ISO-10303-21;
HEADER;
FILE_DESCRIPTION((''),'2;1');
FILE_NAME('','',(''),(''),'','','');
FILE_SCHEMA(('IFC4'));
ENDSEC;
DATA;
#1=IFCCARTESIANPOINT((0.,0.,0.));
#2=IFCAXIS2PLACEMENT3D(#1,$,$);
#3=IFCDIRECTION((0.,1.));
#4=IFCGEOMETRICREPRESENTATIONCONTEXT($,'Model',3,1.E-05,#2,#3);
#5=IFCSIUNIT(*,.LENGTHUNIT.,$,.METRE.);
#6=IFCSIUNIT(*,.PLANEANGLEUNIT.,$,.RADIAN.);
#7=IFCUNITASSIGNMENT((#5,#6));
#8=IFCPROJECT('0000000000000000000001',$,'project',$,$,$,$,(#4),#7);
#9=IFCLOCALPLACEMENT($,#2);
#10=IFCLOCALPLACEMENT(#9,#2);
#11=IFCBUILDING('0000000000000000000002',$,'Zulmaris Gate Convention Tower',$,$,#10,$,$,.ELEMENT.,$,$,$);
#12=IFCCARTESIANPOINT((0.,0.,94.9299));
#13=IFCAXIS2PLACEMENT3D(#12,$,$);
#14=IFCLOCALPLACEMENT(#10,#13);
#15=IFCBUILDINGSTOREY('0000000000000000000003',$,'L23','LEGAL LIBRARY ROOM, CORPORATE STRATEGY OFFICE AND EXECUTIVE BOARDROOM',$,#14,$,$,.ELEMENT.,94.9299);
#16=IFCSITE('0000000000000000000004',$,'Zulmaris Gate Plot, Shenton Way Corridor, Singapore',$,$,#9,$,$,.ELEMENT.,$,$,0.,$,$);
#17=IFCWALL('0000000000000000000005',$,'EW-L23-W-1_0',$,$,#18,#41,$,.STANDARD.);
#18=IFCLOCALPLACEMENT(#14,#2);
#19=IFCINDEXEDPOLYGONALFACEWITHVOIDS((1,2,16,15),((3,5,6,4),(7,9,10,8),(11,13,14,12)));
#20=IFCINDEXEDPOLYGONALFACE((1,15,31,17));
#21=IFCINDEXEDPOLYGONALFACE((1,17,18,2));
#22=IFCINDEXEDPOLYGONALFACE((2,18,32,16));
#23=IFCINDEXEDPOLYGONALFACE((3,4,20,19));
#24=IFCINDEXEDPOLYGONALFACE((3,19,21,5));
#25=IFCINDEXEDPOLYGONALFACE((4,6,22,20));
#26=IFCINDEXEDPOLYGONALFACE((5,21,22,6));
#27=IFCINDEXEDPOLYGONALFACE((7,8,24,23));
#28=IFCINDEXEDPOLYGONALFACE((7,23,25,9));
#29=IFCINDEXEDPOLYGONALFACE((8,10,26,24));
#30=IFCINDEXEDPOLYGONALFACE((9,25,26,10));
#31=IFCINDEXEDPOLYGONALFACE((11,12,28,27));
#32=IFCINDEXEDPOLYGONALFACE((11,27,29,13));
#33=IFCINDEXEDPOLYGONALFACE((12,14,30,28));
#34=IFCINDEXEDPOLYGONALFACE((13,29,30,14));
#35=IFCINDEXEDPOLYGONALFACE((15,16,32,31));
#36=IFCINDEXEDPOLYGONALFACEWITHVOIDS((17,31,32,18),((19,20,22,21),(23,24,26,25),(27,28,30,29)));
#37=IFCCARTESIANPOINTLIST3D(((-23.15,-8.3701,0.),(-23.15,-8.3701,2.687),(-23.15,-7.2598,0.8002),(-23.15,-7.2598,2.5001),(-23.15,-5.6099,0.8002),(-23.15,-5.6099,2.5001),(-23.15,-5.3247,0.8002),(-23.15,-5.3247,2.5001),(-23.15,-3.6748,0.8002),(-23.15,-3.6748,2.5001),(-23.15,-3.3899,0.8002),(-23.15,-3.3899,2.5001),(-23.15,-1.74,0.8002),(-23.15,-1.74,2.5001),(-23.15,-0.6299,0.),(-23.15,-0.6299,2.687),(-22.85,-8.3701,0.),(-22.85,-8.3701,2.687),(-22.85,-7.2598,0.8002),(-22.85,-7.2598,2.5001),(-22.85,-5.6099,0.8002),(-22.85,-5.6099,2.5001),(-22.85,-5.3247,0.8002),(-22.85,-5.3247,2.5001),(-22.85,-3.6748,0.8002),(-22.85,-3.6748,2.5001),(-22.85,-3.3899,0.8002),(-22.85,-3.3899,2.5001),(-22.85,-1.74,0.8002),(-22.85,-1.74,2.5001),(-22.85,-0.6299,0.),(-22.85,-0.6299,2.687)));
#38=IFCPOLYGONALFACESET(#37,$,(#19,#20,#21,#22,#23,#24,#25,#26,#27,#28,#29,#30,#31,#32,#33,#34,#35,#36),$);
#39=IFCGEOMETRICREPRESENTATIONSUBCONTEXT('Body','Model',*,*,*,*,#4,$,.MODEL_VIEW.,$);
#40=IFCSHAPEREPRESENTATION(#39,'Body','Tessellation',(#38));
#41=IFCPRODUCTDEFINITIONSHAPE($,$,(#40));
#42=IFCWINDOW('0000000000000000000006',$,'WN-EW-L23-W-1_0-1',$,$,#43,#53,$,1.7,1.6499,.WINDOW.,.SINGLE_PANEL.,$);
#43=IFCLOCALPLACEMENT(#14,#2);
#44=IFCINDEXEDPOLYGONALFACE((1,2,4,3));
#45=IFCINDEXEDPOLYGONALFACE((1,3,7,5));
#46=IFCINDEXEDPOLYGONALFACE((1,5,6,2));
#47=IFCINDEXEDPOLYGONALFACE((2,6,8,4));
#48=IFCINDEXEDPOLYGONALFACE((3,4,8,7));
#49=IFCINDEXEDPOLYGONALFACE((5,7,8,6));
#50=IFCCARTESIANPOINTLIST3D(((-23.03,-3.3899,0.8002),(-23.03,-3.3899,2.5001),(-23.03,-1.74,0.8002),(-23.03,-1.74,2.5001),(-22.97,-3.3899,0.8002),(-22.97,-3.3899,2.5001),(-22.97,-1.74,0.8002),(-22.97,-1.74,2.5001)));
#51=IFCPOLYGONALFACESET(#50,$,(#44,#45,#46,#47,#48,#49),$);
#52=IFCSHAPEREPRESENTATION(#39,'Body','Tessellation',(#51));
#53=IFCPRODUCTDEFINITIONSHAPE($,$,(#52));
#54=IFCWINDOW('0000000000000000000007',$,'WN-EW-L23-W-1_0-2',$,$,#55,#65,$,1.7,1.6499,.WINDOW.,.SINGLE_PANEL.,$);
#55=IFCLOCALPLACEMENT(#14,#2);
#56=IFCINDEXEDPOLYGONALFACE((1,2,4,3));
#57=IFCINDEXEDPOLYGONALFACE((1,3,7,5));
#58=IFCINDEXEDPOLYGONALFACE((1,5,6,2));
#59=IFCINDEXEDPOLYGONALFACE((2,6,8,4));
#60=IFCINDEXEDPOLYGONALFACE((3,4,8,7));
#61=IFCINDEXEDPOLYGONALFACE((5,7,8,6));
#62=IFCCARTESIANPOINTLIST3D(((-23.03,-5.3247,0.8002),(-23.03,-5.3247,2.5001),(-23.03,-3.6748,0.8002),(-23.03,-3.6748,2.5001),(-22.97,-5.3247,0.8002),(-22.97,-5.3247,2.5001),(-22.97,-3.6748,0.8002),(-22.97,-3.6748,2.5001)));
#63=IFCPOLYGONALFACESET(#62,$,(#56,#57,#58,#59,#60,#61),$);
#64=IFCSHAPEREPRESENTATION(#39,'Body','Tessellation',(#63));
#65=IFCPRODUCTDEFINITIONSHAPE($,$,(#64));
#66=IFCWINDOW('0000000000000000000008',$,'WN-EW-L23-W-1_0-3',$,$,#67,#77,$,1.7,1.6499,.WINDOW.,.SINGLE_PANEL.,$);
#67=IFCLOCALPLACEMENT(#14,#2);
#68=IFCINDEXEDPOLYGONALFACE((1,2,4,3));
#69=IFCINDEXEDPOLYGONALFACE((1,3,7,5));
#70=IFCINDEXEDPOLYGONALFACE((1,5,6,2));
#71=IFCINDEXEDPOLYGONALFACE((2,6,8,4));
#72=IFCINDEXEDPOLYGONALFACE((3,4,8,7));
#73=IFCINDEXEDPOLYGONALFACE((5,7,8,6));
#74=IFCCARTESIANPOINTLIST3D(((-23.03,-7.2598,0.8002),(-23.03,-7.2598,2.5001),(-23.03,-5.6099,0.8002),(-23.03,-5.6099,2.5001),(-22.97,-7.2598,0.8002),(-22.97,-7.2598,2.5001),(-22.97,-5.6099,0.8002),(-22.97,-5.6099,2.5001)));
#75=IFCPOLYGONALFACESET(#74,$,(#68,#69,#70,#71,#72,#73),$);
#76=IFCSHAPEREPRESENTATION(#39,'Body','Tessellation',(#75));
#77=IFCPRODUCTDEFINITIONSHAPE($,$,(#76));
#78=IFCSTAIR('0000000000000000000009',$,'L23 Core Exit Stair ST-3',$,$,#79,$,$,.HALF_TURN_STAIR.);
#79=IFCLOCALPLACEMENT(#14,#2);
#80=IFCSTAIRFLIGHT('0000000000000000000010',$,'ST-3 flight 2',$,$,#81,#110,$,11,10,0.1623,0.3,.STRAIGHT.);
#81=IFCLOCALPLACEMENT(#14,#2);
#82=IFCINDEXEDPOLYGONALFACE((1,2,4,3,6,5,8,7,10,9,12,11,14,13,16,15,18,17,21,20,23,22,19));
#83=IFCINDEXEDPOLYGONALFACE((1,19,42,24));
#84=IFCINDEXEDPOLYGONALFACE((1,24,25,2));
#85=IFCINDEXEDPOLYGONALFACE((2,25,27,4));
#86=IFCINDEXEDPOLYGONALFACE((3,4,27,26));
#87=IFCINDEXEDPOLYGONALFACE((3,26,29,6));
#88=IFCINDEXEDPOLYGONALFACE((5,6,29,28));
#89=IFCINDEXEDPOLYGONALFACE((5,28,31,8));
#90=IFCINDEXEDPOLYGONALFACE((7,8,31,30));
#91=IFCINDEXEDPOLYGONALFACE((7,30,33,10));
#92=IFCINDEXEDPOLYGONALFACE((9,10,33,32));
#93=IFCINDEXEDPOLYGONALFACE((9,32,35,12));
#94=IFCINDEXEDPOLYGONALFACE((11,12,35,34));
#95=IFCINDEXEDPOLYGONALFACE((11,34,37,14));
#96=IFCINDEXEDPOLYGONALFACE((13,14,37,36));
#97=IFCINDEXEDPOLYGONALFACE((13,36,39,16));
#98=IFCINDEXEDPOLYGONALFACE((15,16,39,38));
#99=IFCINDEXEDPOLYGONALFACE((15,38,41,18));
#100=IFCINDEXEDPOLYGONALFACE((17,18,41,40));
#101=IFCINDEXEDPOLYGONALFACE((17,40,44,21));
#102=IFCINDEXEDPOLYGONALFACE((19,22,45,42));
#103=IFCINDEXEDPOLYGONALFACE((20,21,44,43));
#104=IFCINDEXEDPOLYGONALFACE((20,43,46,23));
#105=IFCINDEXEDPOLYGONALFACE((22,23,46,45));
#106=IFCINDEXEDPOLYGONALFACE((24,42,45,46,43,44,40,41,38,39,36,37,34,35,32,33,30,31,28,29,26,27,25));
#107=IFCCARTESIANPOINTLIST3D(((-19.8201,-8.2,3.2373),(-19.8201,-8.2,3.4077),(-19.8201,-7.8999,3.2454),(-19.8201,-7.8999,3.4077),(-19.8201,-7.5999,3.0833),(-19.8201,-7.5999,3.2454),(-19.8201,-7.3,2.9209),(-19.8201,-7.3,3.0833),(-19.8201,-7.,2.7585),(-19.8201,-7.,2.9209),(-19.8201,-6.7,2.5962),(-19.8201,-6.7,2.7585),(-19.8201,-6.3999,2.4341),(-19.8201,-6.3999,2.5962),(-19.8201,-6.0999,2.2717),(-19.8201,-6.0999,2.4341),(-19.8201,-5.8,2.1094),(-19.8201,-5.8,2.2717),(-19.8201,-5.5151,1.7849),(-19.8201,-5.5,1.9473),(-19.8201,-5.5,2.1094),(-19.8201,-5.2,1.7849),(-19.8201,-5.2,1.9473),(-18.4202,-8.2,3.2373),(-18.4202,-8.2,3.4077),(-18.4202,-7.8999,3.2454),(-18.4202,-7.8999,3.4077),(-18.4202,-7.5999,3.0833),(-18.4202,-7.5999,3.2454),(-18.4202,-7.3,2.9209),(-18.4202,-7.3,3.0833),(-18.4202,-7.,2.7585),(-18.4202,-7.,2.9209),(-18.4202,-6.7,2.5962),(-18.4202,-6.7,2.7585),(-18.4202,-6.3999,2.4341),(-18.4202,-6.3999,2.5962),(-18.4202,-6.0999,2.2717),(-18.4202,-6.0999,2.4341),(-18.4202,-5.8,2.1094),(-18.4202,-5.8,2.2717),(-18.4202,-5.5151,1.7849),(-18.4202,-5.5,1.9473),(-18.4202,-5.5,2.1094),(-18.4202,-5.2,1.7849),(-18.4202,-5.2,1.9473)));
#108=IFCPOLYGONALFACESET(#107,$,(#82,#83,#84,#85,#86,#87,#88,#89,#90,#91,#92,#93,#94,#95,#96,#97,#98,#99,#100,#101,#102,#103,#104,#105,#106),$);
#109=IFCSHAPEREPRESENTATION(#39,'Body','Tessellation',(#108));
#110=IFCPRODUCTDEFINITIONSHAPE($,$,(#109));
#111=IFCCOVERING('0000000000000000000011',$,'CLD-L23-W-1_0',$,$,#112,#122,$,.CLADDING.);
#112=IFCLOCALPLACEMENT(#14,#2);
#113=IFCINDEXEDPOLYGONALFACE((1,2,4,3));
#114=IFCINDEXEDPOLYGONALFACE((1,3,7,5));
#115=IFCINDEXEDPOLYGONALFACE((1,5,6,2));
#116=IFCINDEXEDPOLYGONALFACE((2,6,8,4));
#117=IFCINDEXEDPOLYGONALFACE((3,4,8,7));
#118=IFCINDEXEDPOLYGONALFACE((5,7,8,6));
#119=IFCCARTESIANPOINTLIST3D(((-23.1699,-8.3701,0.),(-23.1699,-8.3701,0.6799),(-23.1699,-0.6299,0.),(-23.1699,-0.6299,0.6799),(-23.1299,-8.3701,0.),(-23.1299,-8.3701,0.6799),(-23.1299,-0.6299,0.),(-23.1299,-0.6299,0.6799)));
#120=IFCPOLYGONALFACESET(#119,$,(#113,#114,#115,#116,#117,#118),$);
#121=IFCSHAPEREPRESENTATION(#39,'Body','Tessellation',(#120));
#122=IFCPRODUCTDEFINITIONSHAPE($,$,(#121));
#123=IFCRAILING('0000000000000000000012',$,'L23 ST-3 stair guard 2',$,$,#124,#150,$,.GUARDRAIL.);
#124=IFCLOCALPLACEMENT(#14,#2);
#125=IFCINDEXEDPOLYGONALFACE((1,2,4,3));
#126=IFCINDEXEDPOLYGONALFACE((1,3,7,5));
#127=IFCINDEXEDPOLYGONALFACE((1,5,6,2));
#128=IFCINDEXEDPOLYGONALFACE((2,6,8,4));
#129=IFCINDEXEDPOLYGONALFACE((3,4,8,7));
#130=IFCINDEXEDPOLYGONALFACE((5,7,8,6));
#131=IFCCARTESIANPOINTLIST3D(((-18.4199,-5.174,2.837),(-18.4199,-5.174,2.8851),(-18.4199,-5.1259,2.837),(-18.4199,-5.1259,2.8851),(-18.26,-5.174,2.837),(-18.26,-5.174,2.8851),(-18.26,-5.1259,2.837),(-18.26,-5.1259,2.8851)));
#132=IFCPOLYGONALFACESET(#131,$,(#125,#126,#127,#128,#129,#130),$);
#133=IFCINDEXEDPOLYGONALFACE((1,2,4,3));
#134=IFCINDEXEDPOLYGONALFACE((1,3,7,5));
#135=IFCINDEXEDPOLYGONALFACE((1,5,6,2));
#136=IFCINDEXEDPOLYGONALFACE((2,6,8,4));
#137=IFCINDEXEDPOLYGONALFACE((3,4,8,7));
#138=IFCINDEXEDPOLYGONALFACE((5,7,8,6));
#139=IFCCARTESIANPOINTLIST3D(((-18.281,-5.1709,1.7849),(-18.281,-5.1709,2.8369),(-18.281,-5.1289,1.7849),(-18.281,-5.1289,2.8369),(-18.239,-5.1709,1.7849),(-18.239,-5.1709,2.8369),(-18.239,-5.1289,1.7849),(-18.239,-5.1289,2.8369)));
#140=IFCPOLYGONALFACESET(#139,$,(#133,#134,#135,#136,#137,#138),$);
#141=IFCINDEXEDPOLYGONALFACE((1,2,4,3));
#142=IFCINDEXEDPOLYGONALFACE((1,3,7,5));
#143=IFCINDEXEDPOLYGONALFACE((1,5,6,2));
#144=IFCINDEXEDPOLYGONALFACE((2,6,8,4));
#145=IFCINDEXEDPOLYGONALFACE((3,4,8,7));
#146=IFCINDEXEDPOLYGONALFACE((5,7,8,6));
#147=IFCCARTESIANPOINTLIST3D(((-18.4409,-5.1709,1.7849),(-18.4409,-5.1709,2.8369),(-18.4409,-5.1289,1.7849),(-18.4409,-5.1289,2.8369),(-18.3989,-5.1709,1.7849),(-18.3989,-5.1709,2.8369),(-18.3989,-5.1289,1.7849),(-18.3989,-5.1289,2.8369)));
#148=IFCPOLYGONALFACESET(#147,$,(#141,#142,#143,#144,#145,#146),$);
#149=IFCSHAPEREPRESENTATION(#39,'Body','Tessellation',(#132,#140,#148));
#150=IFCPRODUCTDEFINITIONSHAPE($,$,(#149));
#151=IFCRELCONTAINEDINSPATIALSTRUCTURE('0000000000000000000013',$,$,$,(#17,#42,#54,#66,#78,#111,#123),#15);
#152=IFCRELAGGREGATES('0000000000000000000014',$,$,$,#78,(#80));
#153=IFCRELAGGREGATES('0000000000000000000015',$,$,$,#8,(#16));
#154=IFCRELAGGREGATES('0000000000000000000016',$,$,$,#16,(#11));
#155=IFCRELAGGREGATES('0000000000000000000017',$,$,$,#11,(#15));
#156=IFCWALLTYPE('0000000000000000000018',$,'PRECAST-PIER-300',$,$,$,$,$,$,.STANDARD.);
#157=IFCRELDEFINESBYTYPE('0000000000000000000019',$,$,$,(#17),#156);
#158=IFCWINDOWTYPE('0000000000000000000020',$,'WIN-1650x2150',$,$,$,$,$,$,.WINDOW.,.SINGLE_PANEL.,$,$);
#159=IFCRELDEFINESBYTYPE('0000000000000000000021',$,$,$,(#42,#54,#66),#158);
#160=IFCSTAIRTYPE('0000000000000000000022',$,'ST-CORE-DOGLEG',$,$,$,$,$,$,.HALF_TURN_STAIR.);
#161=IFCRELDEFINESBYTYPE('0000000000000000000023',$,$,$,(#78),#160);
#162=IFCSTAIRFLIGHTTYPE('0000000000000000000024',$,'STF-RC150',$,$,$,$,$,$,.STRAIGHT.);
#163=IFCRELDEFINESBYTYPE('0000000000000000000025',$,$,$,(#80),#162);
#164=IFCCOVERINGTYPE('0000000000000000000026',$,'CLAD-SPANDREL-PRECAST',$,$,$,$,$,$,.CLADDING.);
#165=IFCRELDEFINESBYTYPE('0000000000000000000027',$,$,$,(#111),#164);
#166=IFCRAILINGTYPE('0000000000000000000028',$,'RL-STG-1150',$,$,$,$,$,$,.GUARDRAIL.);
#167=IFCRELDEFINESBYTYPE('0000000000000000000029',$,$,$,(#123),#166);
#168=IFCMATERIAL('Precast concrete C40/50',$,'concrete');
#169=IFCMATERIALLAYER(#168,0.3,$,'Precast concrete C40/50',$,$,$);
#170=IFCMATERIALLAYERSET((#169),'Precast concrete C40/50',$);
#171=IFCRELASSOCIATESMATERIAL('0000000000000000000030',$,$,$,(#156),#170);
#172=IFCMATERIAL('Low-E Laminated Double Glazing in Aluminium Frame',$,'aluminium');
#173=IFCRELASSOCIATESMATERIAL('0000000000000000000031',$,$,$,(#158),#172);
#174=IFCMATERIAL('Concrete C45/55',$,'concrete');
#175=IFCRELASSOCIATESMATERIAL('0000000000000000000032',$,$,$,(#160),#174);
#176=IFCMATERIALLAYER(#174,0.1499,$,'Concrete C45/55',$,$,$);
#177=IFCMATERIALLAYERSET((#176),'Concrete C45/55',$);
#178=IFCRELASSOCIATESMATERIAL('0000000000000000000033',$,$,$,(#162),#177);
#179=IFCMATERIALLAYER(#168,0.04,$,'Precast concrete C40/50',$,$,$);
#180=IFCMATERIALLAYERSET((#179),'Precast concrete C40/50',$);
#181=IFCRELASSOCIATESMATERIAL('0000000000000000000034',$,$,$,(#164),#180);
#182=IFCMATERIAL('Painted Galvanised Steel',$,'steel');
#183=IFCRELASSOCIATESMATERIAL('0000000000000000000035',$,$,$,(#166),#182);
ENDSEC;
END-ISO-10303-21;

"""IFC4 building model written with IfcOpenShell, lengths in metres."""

from ifc_helpers import new_model, si_unit, direction, frame, frame_2d, origin, origin_2d, place, context, subcontext, project, spatial, polyline, rectangle, outline, extrude, material, layer, layer_set, type_object, element, fill, aggregate, save


model = new_model("IFC4")

# Units and contexts
model_context = context("Model", 3, precision=1e-05, world=origin(), true_north=direction((0.0, 1.0)))
body_context = subcontext(model_context, "Body", "Model", "MODEL_VIEW")
ifc_project = project(units=[si_unit("LENGTHUNIT", "METRE"), si_unit("PLANEANGLEUNIT", "RADIAN")], contexts=[model_context])

# Site, building, storey
site_placement = place(None, origin())
site = spatial("IfcSite", under=ifc_project, at=site_placement, Name="Zulmaris Gate Plot, Shenton Way Corridor, Singapore", CompositionType="ELEMENT", RefElevation=0.0)
building_placement = place(site_placement, origin())
building = spatial("IfcBuilding", under=site, at=building_placement, Name="Zulmaris Gate Convention Tower", CompositionType="ELEMENT")
storey_placement = place(building_placement, frame((0.0, 0.0, 94.9299)))
storey = spatial("IfcBuildingStorey", under=building, at=storey_placement, Name="L23", Description="LEGAL LIBRARY ROOM, CORPORATE STRATEGY OFFICE AND EXECUTIVE BOARDROOM", CompositionType="ELEMENT", Elevation=94.9299)

# Shared definitions
ifc_material_1 = material(Name="Precast concrete C40/50", Category="concrete")
ifc_layer_1 = layer(ifc_material_1, 0.3, Name="Precast concrete C40/50")
ifc_layer_set_1 = layer_set([ifc_layer_1], Name="Precast concrete C40/50")
wall_type_1 = type_object("IfcWallType", Name="PRECAST-PIER-300", PredefinedType="STANDARD", material=ifc_layer_set_1)

# Wall, openings, windows
wall_1_placement = place(storey_placement, frame((-23.0, -0.6299, 0.0), z_axis=(0.0, 0.0, 1.0), x_axis=(0.0, -1.0, 0.0)))
wall_1 = element("IfcWall", 1, at=wall_1_placement, inside=storey, type_object=wall_type_1, Name="EW-L23-W-1_0", PredefinedType="STANDARD", context=body_context, shape_type="SweptSolid", body=[
    extrude(rectangle(XDim=7.7402, YDim=0.3, at=frame_2d((3.8701, 0.0))), origin(), (0.0, 0.0, 1.0), 2.687),
])
opening_1_placement = place(wall_1_placement, frame((1.1101, 0.0, 0.8)))
opening_1 = element("IfcOpeningElement", 2, at=opening_1_placement, cuts=wall_1, PredefinedType="OPENING", context=body_context, shape_type="SweptSolid", body=[
    extrude(rectangle(XDim=1.6499, YDim=1.7, at=frame_2d((0.825, 0.8501))), frame((0.0, 0.1602, 0.0), z_axis=(0.0, -1.0, 0.0), x_axis=(1.0, 0.0, 0.0)), (0.0, 0.0, 1.0), 0.3201),
])
opening_2_placement = place(wall_1_placement, frame((3.0449, 0.0, 0.8)))
opening_2 = element("IfcOpeningElement", 3, at=opening_2_placement, cuts=wall_1, PredefinedType="OPENING", context=body_context, shape_type="SweptSolid", body=[
    extrude(rectangle(XDim=1.6499, YDim=1.7, at=frame_2d((0.825, 0.8501))), frame((0.0, 0.1602, 0.0), z_axis=(0.0, -1.0, 0.0), x_axis=(1.0, 0.0, 0.0)), (0.0, 0.0, 1.0), 0.3201),
])
opening_3_placement = place(wall_1_placement, frame((4.98, 0.0, 0.8)))
opening_3 = element("IfcOpeningElement", 4, at=opening_3_placement, cuts=wall_1, PredefinedType="OPENING", context=body_context, shape_type="SweptSolid", body=[
    extrude(rectangle(XDim=1.6499, YDim=1.7, at=frame_2d((0.825, 0.8501))), frame((0.0, 0.1602, 0.0), z_axis=(0.0, -1.0, 0.0), x_axis=(1.0, 0.0, 0.0)), (0.0, 0.0, 1.0), 0.3201),
])
ifc_material_2 = material(Name="Low-E Laminated Double Glazing in Aluminium Frame", Category="aluminium")
window_type = type_object("IfcWindowType", Name="WIN-1650x2150", PartitioningType="SINGLE_PANEL", PredefinedType="WINDOW", material=ifc_material_2)
window_1_placement = place(opening_1_placement, origin())
window_1 = element("IfcWindow", 5, at=window_1_placement, inside=storey, type_object=window_type, Name="WN-EW-L23-W-1_0-1", OverallHeight=1.7, OverallWidth=1.6499, PartitioningType="SINGLE_PANEL", PredefinedType="WINDOW", context=body_context, shape_type="SweptSolid", body=[
    extrude(rectangle(XDim=1.6499, YDim=1.7, at=frame_2d((0.825, 0.8501))), frame((0.0, 0.03, 0.0), z_axis=(0.0, -1.0, 0.0), x_axis=(1.0, 0.0, 0.0)), (0.0, 0.0, 1.0), 0.0601),
])
fill(opening_1, window_1)
window_2_placement = place(opening_2_placement, origin())
window_2 = element("IfcWindow", 6, at=window_2_placement, inside=storey, type_object=window_type, Name="WN-EW-L23-W-1_0-2", OverallHeight=1.7, OverallWidth=1.6499, PartitioningType="SINGLE_PANEL", PredefinedType="WINDOW", context=body_context, shape_type="SweptSolid", body=[
    extrude(rectangle(XDim=1.6499, YDim=1.7, at=frame_2d((0.825, 0.8501))), frame((0.0, 0.03, 0.0), z_axis=(0.0, -1.0, 0.0), x_axis=(1.0, 0.0, 0.0)), (0.0, 0.0, 1.0), 0.0601),
])
fill(opening_2, window_2)
window_3_placement = place(opening_3_placement, origin())
window_3 = element("IfcWindow", 7, at=window_3_placement, inside=storey, type_object=window_type, Name="WN-EW-L23-W-1_0-3", OverallHeight=1.7, OverallWidth=1.6499, PartitioningType="SINGLE_PANEL", PredefinedType="WINDOW", context=body_context, shape_type="SweptSolid", body=[
    extrude(rectangle(XDim=1.6499, YDim=1.7, at=frame_2d((0.825, 0.8501))), frame((0.0, 0.03, 0.0), z_axis=(0.0, -1.0, 0.0), x_axis=(1.0, 0.0, 0.0)), (0.0, 0.0, 1.0), 0.0601),
])
fill(opening_3, window_3)

# Stair, stair flight
ifc_material_3 = material(Name="Concrete C45/55", Category="concrete")
stair_type = type_object("IfcStairType", Name="ST-CORE-DOGLEG", PredefinedType="HALF_TURN_STAIR", material=ifc_material_3)
stair_placement = place(storey_placement, origin())
stair = element("IfcStair", 8, at=stair_placement, inside=storey, type_object=stair_type, Name="L23 Core Exit Stair ST-3", PredefinedType="HALF_TURN_STAIR")
ifc_layer_2 = layer(ifc_material_3, 0.1499, Name="Concrete C45/55")
ifc_layer_set_2 = layer_set([ifc_layer_2], Name="Concrete C45/55")
stair_flight_type = type_object("IfcStairFlightType", Name="STF-RC150", PredefinedType="STRAIGHT", material=ifc_layer_set_2)
stair_flight_placement = place(storey_placement, frame((-19.1201, -5.2, 1.7849), z_axis=(0.0, 0.0, 1.0), x_axis=(0.0, -1.0, 0.0)))
stair_flight = element("IfcStairFlight", 9, at=stair_flight_placement, type_object=stair_flight_type, Name="ST-3 flight 2", NumberOfRisers=11, NumberOfTreads=10, PredefinedType="STRAIGHT", RiserHeight=0.1623, TreadLength=0.3, context=body_context, shape_type="SweptSolid", body=[
    extrude(outline(polyline([(0.0, 0.0), (0.0, 0.1624), (0.3, 0.1624), (0.3, 0.3245), (0.6001, 0.3245), (0.6001, 0.4868), (0.8999, 0.4868), (0.8999, 0.6492), (1.2, 0.6492), (1.2, 0.8113), (1.5, 0.8113), (1.5, 0.9736), (1.8, 0.9736), (1.8, 1.136), (2.1001, 1.136), (2.1001, 1.2983), (2.3999, 1.2983), (2.3999, 1.4604), (2.7, 1.4604), (2.7, 1.6228), (3.0, 1.6228), (3.0, 1.7852), (3.0, 1.4524), (0.3152, 0.0), (0.0, 0.0)])), frame((0.0, 0.7, 0.0), z_axis=(0.0, -1.0, 0.0), x_axis=(1.0, 0.0, 0.0)), (0.0, 0.0, 1.0), 1.3999),
])
aggregate(stair, [stair_flight])

# Covering
ifc_layer_3 = layer(ifc_material_1, 0.04, Name="Precast concrete C40/50")
ifc_layer_set_3 = layer_set([ifc_layer_3], Name="Precast concrete C40/50")
covering_type = type_object("IfcCoveringType", Name="CLAD-SPANDREL-PRECAST", PredefinedType="CLADDING", material=ifc_layer_set_3)
covering_placement = place(storey_placement, frame((-23.1499, -0.6299, 0.0), z_axis=(0.0, 0.0, 1.0), x_axis=(0.0, -1.0, 0.0)))
element("IfcCovering", 10, at=covering_placement, inside=storey, type_object=covering_type, Name="CLD-L23-W-1_0", PredefinedType="CLADDING", context=body_context, shape_type="SweptSolid", body=[
    extrude(rectangle(XDim=7.7402, YDim=0.04, at=frame_2d((3.8701, 0.0))), origin(), (0.0, 0.0, 1.0), 0.6799),
])

# Railing
ifc_material_4 = material(Name="Painted Galvanised Steel", Category="steel")
railing_type_1 = type_object("IfcRailingType", Name="RL-STG-1150", PredefinedType="GUARDRAIL", material=ifc_material_4)
railing_1_placement = place(storey_placement, frame((-18.26, -5.1499, 1.7849)))
element("IfcRailing", 11, at=railing_1_placement, inside=storey, type_object=railing_type_1, Name="L23 ST-3 stair guard 2", PredefinedType="GUARDRAIL", context=body_context, shape_type="SweptSolid", body=[
    extrude(rectangle(XDim=0.0481, YDim=0.0481, at=origin_2d()), frame((0.0, 0.0, 1.0762), z_axis=(-1.0, 0.0, 0.0), x_axis=(0.0, -1.0, 0.0)), (0.0, 0.0, 1.0), 0.1599),
    extrude(rectangle(XDim=0.042, YDim=0.042, at=origin_2d()), origin(), (0.0, 0.0, 1.0), 1.052),
    extrude(rectangle(XDim=0.042, YDim=0.042, at=origin_2d()), frame((-0.1599, 0.0, 0.0)), (0.0, 0.0, 1.0), 1.052),
])

save(model, "model.ifc")
